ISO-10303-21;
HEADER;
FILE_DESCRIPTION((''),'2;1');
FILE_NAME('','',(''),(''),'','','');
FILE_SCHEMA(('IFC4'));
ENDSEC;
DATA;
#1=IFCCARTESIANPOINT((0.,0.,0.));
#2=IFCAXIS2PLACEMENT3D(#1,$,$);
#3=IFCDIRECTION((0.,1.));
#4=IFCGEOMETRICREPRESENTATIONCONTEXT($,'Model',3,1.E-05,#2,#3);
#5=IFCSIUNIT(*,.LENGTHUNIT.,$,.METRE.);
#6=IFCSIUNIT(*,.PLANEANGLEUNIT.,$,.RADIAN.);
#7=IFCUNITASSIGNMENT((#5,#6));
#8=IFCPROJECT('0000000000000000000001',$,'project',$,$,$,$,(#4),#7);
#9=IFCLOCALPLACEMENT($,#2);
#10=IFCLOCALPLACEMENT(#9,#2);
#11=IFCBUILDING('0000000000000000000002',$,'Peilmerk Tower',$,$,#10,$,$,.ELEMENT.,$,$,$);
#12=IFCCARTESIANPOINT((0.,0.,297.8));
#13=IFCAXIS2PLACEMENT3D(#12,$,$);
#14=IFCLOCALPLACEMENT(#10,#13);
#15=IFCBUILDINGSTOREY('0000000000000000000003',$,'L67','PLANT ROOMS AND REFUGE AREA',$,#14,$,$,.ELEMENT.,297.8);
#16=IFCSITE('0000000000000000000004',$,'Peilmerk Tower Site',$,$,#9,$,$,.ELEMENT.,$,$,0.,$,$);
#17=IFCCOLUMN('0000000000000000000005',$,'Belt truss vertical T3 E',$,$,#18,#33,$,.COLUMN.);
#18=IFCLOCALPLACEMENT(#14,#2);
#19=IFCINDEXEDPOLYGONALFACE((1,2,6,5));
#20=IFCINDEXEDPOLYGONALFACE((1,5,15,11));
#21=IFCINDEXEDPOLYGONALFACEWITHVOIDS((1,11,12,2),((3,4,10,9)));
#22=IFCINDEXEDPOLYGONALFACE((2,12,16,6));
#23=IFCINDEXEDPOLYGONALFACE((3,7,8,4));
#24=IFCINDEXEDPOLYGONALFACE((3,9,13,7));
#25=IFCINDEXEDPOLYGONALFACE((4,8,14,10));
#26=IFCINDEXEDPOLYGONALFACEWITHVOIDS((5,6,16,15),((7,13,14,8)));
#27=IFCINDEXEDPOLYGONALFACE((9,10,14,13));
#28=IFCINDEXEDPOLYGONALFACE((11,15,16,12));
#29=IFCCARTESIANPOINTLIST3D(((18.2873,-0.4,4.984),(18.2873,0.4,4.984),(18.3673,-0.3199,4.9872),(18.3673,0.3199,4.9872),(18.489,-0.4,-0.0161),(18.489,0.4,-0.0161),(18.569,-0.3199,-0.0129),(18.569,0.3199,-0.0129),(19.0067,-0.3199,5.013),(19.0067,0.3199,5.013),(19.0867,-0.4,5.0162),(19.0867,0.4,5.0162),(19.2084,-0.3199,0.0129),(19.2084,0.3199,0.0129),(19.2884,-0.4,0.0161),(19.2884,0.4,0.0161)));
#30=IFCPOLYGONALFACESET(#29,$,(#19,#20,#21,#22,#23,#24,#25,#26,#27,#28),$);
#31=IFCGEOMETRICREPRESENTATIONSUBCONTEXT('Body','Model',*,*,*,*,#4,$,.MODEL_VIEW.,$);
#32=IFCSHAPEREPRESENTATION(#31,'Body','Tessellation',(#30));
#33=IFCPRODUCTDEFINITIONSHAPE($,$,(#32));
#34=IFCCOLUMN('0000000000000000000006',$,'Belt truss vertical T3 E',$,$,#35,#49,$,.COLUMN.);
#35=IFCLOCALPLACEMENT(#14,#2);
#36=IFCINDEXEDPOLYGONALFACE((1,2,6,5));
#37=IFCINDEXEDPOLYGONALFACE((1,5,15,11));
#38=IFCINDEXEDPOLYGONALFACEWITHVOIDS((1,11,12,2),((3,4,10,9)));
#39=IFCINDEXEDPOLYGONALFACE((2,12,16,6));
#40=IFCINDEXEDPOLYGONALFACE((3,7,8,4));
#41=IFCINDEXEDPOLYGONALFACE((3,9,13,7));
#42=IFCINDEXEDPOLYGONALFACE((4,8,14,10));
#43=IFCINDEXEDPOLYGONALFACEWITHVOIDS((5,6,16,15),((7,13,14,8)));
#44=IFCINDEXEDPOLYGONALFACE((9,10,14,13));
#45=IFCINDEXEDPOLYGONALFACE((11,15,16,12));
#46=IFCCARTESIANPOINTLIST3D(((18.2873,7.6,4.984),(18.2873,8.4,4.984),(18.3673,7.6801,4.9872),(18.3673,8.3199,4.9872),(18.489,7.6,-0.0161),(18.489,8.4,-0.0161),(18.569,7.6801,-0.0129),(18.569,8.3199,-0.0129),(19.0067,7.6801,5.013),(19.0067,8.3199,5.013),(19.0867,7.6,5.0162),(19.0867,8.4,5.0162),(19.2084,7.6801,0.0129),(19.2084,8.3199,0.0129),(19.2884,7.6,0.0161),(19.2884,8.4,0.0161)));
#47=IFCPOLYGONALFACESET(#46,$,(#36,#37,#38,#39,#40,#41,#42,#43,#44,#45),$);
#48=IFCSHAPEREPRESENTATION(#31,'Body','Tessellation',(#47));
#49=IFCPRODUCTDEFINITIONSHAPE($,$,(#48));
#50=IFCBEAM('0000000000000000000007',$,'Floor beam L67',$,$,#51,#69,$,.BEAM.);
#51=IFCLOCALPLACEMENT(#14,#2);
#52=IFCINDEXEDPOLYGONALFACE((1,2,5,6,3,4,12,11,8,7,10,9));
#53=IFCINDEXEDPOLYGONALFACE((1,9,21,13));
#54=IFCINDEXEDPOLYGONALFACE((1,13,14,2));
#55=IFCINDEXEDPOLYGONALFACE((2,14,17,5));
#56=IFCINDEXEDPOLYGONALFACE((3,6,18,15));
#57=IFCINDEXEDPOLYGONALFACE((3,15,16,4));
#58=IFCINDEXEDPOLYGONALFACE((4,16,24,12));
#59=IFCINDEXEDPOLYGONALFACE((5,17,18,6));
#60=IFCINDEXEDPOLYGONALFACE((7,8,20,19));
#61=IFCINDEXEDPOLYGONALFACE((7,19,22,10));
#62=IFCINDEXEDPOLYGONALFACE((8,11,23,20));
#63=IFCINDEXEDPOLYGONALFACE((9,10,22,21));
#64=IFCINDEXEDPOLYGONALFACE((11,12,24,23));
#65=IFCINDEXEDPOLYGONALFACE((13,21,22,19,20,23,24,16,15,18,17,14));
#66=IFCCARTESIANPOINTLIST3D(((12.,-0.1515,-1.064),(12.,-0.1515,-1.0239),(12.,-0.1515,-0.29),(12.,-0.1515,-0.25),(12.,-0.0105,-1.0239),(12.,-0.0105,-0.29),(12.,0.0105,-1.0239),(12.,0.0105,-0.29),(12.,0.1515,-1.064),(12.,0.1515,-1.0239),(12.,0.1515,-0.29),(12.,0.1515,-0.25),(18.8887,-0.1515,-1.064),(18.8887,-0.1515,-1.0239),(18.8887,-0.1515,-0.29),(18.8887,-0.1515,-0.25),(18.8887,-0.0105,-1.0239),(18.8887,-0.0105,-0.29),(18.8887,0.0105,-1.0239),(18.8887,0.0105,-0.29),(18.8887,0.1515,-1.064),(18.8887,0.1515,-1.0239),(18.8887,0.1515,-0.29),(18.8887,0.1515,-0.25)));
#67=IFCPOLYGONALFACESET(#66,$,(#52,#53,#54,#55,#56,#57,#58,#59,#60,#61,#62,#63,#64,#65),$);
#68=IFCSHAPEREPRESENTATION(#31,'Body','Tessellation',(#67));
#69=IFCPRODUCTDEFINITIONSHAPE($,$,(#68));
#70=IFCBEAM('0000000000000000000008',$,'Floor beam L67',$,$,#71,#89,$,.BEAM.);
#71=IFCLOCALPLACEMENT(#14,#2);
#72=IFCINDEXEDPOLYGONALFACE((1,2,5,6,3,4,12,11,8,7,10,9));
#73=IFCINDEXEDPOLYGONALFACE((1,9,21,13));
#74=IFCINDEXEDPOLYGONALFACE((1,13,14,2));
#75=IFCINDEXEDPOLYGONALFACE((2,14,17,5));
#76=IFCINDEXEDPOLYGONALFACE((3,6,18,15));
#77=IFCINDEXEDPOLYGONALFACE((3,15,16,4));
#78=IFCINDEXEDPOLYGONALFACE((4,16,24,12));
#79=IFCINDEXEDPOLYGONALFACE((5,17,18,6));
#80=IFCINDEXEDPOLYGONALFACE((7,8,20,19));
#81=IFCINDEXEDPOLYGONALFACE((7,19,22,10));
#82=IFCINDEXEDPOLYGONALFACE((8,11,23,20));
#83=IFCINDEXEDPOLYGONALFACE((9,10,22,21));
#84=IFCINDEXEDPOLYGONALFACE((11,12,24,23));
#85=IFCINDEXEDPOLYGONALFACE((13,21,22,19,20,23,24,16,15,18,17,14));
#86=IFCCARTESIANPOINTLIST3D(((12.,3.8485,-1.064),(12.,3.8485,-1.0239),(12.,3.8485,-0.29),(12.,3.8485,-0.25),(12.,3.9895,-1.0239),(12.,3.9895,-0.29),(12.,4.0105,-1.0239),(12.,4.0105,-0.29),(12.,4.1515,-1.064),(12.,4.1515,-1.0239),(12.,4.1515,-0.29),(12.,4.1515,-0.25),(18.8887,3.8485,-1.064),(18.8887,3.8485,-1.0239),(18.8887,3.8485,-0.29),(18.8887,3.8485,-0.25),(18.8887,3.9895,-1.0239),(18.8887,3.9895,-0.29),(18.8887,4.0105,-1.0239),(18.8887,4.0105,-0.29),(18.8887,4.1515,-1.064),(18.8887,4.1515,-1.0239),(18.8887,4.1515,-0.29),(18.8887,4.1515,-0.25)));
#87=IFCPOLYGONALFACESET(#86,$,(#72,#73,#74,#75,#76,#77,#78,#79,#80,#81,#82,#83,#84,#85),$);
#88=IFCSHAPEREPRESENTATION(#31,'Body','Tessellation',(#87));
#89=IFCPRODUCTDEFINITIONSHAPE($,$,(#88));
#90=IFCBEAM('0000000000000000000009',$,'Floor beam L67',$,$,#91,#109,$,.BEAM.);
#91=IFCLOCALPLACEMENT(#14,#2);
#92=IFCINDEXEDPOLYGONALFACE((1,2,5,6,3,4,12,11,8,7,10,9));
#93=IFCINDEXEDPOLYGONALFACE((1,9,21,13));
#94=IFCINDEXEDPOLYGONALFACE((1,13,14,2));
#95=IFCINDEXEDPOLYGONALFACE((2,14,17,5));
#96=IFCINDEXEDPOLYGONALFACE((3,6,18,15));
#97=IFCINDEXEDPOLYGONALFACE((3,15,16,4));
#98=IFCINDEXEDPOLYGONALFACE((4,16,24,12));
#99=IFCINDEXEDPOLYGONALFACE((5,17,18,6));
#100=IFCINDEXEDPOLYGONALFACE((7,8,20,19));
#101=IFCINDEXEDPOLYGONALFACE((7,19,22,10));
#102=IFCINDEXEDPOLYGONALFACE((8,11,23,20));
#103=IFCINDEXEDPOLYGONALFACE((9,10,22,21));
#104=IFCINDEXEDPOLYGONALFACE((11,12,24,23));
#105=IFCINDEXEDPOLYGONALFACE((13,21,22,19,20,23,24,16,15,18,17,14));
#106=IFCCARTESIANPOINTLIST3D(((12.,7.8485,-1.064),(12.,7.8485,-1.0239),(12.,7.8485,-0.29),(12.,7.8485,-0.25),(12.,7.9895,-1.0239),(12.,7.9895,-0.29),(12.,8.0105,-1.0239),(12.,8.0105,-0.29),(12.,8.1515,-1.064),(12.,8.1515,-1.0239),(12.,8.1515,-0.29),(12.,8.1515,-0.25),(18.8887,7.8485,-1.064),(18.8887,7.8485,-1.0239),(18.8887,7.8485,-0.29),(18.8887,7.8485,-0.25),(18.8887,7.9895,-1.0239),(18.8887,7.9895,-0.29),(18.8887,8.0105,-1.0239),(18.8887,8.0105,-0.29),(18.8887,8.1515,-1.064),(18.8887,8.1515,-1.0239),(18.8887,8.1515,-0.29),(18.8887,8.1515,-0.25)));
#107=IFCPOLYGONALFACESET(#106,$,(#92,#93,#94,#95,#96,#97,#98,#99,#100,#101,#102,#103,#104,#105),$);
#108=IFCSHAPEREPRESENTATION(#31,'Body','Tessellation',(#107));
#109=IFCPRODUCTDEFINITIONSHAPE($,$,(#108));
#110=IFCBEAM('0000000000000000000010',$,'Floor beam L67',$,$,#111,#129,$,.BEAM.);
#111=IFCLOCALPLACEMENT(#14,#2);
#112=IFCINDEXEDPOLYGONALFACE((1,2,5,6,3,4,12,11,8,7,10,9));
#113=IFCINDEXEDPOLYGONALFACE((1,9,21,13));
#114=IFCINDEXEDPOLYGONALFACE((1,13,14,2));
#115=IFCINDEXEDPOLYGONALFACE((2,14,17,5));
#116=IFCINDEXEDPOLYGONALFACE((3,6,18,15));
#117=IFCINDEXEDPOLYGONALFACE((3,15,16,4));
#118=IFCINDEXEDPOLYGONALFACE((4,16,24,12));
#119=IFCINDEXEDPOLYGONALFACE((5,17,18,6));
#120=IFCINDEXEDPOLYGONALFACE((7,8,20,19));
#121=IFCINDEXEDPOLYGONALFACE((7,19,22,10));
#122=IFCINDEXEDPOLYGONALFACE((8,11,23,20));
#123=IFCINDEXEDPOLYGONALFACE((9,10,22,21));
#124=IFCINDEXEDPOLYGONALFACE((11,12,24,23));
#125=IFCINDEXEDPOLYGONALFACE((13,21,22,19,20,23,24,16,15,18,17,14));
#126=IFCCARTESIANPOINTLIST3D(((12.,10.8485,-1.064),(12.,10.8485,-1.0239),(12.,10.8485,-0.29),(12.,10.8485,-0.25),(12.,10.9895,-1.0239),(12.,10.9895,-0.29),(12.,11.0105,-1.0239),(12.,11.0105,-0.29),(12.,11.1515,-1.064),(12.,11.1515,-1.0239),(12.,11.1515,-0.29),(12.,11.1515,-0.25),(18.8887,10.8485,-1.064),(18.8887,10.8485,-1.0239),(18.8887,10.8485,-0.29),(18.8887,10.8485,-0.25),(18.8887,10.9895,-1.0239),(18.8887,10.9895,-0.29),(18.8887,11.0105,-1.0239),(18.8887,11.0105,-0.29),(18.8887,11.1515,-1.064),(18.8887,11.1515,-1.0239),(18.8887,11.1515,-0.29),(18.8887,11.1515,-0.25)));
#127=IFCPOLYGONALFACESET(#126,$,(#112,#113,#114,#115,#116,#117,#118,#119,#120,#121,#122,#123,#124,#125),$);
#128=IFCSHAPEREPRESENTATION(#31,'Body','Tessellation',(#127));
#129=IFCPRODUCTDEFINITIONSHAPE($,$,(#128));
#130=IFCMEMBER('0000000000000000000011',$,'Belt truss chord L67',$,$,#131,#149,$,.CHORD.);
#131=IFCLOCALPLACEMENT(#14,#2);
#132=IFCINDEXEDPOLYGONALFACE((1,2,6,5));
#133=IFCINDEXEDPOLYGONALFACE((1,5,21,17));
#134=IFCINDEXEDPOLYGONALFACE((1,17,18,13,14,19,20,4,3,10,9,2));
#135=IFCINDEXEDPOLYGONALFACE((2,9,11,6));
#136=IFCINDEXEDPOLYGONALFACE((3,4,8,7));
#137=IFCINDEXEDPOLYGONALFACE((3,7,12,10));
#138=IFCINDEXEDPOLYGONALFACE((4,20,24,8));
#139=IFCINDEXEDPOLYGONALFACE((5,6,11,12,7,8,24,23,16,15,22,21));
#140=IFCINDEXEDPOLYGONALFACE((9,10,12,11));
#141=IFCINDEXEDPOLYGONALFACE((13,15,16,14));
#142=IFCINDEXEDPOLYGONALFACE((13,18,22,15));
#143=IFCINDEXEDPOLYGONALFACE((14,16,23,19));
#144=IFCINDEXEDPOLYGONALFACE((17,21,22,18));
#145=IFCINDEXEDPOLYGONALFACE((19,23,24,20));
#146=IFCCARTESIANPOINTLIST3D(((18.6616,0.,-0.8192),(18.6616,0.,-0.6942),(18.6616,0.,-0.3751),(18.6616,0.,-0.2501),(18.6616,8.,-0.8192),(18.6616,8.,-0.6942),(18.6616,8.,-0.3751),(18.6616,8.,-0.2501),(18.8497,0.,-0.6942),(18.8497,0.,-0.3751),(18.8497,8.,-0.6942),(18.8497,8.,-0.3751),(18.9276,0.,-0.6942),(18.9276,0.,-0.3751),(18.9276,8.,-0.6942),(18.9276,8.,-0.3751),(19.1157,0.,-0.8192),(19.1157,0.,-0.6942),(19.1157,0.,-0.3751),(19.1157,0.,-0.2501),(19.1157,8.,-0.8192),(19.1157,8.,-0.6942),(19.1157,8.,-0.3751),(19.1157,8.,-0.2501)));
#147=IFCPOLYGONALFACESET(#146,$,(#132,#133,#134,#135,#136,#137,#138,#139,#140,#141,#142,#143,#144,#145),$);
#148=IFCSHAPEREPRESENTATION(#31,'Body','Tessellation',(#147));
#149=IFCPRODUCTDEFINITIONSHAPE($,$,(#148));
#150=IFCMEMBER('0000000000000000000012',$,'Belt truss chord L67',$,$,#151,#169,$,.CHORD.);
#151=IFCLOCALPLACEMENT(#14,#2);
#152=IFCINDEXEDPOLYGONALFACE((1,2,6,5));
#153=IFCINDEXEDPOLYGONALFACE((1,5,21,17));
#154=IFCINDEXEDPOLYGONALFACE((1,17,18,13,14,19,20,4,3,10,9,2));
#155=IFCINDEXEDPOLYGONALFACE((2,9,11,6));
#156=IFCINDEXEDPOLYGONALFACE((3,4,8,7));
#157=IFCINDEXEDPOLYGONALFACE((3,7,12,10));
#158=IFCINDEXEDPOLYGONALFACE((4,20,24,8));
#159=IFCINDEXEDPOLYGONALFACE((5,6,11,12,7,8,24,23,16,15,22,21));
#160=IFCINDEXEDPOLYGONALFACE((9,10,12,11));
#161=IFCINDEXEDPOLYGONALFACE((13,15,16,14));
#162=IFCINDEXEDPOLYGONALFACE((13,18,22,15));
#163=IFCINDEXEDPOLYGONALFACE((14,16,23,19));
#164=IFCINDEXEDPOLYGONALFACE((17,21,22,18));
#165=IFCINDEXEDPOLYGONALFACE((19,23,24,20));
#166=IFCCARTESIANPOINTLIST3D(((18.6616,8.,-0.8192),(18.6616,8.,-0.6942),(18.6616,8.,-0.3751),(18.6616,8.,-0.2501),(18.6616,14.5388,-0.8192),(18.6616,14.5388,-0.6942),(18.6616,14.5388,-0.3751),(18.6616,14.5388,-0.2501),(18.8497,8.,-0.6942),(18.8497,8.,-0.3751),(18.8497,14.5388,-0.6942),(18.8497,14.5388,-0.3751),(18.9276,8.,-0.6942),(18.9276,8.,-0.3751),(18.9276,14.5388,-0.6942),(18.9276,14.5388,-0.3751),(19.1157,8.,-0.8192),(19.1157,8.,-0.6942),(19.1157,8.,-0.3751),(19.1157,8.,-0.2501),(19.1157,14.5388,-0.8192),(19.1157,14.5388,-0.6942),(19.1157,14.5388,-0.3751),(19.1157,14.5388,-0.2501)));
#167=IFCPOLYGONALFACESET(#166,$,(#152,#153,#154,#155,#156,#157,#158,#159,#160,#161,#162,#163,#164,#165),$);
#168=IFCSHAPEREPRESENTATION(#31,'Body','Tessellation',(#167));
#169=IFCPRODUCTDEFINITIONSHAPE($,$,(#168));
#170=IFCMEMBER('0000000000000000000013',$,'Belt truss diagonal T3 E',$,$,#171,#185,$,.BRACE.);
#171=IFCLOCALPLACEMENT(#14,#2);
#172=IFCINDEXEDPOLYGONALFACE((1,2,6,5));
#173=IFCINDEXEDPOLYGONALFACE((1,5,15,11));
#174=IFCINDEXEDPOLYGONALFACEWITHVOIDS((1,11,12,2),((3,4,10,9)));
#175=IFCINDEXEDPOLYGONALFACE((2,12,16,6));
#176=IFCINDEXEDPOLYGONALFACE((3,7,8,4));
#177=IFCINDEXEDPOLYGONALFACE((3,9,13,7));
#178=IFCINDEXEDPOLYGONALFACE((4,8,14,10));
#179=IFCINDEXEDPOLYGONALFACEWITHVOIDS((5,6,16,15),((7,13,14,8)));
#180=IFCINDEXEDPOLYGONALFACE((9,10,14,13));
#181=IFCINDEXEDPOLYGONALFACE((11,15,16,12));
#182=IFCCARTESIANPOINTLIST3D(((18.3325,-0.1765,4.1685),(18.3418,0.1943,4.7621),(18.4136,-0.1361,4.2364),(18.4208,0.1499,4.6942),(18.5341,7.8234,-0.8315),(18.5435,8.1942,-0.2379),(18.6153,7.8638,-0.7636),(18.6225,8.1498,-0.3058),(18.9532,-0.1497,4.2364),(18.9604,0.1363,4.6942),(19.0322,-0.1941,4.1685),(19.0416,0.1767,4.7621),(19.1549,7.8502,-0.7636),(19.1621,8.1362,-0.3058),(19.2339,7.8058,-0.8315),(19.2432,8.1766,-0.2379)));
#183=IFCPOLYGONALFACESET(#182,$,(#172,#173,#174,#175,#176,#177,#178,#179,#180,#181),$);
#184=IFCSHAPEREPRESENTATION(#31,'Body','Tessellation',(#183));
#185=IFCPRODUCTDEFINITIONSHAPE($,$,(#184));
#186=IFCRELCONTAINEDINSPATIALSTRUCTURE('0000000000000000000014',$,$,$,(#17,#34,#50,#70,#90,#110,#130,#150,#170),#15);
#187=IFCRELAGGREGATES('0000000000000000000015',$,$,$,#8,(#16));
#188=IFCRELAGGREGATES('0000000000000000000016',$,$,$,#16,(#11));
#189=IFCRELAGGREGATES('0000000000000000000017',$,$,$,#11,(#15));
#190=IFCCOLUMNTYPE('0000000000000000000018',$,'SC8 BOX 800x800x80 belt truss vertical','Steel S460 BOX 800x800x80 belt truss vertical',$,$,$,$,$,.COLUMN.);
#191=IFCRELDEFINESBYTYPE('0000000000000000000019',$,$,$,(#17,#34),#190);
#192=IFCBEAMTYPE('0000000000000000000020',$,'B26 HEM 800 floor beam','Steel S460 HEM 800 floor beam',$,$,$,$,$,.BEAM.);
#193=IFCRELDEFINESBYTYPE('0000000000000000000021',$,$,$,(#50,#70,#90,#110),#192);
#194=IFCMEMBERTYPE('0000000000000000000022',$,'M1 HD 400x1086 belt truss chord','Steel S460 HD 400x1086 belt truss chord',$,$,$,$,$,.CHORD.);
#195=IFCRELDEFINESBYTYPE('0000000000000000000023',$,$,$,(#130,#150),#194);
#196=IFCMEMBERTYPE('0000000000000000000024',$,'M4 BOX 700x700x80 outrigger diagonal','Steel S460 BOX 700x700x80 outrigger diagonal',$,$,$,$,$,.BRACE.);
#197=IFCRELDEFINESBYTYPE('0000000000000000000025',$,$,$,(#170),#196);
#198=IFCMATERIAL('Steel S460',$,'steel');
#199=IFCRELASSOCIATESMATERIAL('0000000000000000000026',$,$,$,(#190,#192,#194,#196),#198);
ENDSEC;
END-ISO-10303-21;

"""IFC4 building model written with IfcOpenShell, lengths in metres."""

from ifc_helpers import new_model, si_unit, direction, frame, origin, origin_2d, place, context, subcontext, project, spatial, hollow_rectangle, i_section, extrude, material, material_profile, profile_set, type_object, element, save


model = new_model("IFC4")

# Units and contexts
model_context = context("Model", 3, precision=1e-05, world=origin(), true_north=direction((0.0, 1.0)))
body_context = subcontext(model_context, "Body", "Model", "MODEL_VIEW")
ifc_project = project(units=[si_unit("LENGTHUNIT", "METRE"), si_unit("PLANEANGLEUNIT", "RADIAN")], contexts=[model_context])

# Site, building, storey
site_placement = place(None, origin())
site = spatial("IfcSite", under=ifc_project, at=site_placement, Name="Peilmerk Tower Site", CompositionType="ELEMENT", RefElevation=0.0)
building_placement = place(site_placement, origin())
building = spatial("IfcBuilding", under=site, at=building_placement, Name="Peilmerk Tower", CompositionType="ELEMENT")
storey_placement = place(building_placement, frame((0.0, 0.0, 297.8)))
storey = spatial("IfcBuildingStorey", under=building, at=storey_placement, Name="L67", Description="PLANT ROOMS AND REFUGE AREA", CompositionType="ELEMENT", Elevation=297.8)

# Columns
ifc_material_1 = material(Name="Steel S460", Category="steel")
ifc_material_profile_1 = material_profile(ifc_material_1, hollow_rectangle(XDim=0.8, YDim=0.8, WallThickness=0.0801, at=origin_2d()), Name="BOX 800x800x80")
ifc_profile_set_1 = profile_set([ifc_material_profile_1], Name="Steel S460")
column_type = type_object("IfcColumnType", Name="SC8 BOX 800x800x80 belt truss vertical", Description="Steel S460 BOX 800x800x80 belt truss vertical", PredefinedType="COLUMN", material=ifc_profile_set_1)
for number, where, z_axis, x_axis, name in (
    (1, (18.8887, 0.0, 0.0), (-0.040299, 0.0, 0.999188), (0.0, -1.0, 0.0), "Belt truss vertical T3 E"),
    (2, (18.8887, 8.0, 0.0), (-0.040299, 0.0, 0.999188), (0.0, -1.0, 0.0), "Belt truss vertical T3 E"),
):
    element("IfcColumn", number, at=place(storey_placement, frame(where, z_axis=z_axis, x_axis=x_axis)), inside=storey, type_object=column_type, Name=name, PredefinedType="COLUMN", context=body_context, shape_type="SweptSolid", body=[
        extrude(hollow_rectangle(XDim=0.8, YDim=0.8, WallThickness=0.0801, at=origin_2d()), origin(), (0.0, 0.0, 1.0), 5.0042),
    ])

# Beams
ifc_material_profile_2 = material_profile(ifc_material_1, i_section(OverallWidth=0.303, OverallDepth=0.814, WebThickness=0.021, FlangeThickness=0.04, at=origin_2d()), Name="HEM 800")
ifc_profile_set_2 = profile_set([ifc_material_profile_2], Name="Steel S460")
beam_type = type_object("IfcBeamType", Name="B26 HEM 800 floor beam", Description="Steel S460 HEM 800 floor beam", PredefinedType="BEAM", material=ifc_profile_set_2)
for number, where, z_axis, x_axis, name in (
    (3, (12.0, 0.0, -0.657), (1.0, 0.0, 0.0), (0.0, 1.0, 0.0), "Floor beam L67"),
    (4, (12.0, 4.0, -0.657), (1.0, 0.0, 0.0), (0.0, 1.0, 0.0), "Floor beam L67"),
    (5, (12.0, 8.0, -0.657), (1.0, 0.0, 0.0), (0.0, 1.0, 0.0), "Floor beam L67"),
    (6, (12.0, 11.0, -0.657), (1.0, 0.0, 0.0), (0.0, 1.0, 0.0), "Floor beam L67"),
):
    element("IfcBeam", number, at=place(storey_placement, frame(where, z_axis=z_axis, x_axis=x_axis)), inside=storey, type_object=beam_type, Name=name, PredefinedType="BEAM", context=body_context, shape_type="SweptSolid", body=[
        extrude(i_section(OverallWidth=0.303, OverallDepth=0.814, WebThickness=0.021, FlangeThickness=0.04, at=origin_2d()), origin(), (0.0, 0.0, 1.0), 6.8887),
    ])

# Members
ifc_material_profile_3 = material_profile(ifc_material_1, i_section(OverallWidth=0.4541, OverallDepth=0.5691, WebThickness=0.0779, FlangeThickness=0.125, at=origin_2d()), Name="HD 400x1086")
ifc_profile_set_3 = profile_set([ifc_material_profile_3], Name="Steel S460")
member_type_1 = type_object("IfcMemberType", Name="M1 HD 400x1086 belt truss chord", Description="Steel S460 HD 400x1086 belt truss chord", PredefinedType="CHORD", material=ifc_profile_set_3)
member_1_placement = place(storey_placement, frame((18.8887, 0.0, -0.5347), z_axis=(0.0, 1.0, 0.0), x_axis=(-1.0, 0.0, 0.0)))
element("IfcMember", 7, at=member_1_placement, inside=storey, type_object=member_type_1, Name="Belt truss chord L67", PredefinedType="CHORD", context=body_context, shape_type="SweptSolid", body=[
    extrude(i_section(OverallWidth=0.4541, OverallDepth=0.5691, WebThickness=0.0779, FlangeThickness=0.125, at=origin_2d()), origin(), (0.0, 0.0, 1.0), 8.0),
])
member_2_placement = place(storey_placement, frame((18.8887, 8.0, -0.5347), z_axis=(0.0, 1.0, 0.0), x_axis=(-1.0, 0.0, 0.0)))
element("IfcMember", 8, at=member_2_placement, inside=storey, type_object=member_type_1, Name="Belt truss chord L67", PredefinedType="CHORD", context=body_context, shape_type="SweptSolid", body=[
    extrude(i_section(OverallWidth=0.4541, OverallDepth=0.5691, WebThickness=0.0779, FlangeThickness=0.125, at=origin_2d()), origin(), (0.0, 0.0, 1.0), 6.5388),
])
ifc_material_profile_4 = material_profile(ifc_material_1, hollow_rectangle(XDim=0.7, YDim=0.7, WallThickness=0.0801, at=origin_2d()), Name="BOX 700x700x80")
ifc_profile_set_4 = profile_set([ifc_material_profile_4], Name="Steel S460")
member_type_2 = type_object("IfcMemberType", Name="M4 BOX 700x700x80 outrigger diagonal", Description="Steel S460 BOX 700x700x80 outrigger diagonal", PredefinedType="BRACE", material=ifc_profile_set_4)
member_3_placement = place(storey_placement, frame((18.8887, 8.0, -0.5347), z_axis=(-0.021371, -0.847805, 0.529878), x_axis=(0.999682, -0.0252, 0.0)))
element("IfcMember", 9, at=member_3_placement, inside=storey, type_object=member_type_2, Name="Belt truss diagonal T3 E", PredefinedType="BRACE", context=body_context, shape_type="SweptSolid", body=[
    extrude(hollow_rectangle(XDim=0.7, YDim=0.7, WallThickness=0.0801, at=origin_2d()), origin(), (0.0, 0.0, 1.0), 9.436),
])

save(model, "model.ifc")
